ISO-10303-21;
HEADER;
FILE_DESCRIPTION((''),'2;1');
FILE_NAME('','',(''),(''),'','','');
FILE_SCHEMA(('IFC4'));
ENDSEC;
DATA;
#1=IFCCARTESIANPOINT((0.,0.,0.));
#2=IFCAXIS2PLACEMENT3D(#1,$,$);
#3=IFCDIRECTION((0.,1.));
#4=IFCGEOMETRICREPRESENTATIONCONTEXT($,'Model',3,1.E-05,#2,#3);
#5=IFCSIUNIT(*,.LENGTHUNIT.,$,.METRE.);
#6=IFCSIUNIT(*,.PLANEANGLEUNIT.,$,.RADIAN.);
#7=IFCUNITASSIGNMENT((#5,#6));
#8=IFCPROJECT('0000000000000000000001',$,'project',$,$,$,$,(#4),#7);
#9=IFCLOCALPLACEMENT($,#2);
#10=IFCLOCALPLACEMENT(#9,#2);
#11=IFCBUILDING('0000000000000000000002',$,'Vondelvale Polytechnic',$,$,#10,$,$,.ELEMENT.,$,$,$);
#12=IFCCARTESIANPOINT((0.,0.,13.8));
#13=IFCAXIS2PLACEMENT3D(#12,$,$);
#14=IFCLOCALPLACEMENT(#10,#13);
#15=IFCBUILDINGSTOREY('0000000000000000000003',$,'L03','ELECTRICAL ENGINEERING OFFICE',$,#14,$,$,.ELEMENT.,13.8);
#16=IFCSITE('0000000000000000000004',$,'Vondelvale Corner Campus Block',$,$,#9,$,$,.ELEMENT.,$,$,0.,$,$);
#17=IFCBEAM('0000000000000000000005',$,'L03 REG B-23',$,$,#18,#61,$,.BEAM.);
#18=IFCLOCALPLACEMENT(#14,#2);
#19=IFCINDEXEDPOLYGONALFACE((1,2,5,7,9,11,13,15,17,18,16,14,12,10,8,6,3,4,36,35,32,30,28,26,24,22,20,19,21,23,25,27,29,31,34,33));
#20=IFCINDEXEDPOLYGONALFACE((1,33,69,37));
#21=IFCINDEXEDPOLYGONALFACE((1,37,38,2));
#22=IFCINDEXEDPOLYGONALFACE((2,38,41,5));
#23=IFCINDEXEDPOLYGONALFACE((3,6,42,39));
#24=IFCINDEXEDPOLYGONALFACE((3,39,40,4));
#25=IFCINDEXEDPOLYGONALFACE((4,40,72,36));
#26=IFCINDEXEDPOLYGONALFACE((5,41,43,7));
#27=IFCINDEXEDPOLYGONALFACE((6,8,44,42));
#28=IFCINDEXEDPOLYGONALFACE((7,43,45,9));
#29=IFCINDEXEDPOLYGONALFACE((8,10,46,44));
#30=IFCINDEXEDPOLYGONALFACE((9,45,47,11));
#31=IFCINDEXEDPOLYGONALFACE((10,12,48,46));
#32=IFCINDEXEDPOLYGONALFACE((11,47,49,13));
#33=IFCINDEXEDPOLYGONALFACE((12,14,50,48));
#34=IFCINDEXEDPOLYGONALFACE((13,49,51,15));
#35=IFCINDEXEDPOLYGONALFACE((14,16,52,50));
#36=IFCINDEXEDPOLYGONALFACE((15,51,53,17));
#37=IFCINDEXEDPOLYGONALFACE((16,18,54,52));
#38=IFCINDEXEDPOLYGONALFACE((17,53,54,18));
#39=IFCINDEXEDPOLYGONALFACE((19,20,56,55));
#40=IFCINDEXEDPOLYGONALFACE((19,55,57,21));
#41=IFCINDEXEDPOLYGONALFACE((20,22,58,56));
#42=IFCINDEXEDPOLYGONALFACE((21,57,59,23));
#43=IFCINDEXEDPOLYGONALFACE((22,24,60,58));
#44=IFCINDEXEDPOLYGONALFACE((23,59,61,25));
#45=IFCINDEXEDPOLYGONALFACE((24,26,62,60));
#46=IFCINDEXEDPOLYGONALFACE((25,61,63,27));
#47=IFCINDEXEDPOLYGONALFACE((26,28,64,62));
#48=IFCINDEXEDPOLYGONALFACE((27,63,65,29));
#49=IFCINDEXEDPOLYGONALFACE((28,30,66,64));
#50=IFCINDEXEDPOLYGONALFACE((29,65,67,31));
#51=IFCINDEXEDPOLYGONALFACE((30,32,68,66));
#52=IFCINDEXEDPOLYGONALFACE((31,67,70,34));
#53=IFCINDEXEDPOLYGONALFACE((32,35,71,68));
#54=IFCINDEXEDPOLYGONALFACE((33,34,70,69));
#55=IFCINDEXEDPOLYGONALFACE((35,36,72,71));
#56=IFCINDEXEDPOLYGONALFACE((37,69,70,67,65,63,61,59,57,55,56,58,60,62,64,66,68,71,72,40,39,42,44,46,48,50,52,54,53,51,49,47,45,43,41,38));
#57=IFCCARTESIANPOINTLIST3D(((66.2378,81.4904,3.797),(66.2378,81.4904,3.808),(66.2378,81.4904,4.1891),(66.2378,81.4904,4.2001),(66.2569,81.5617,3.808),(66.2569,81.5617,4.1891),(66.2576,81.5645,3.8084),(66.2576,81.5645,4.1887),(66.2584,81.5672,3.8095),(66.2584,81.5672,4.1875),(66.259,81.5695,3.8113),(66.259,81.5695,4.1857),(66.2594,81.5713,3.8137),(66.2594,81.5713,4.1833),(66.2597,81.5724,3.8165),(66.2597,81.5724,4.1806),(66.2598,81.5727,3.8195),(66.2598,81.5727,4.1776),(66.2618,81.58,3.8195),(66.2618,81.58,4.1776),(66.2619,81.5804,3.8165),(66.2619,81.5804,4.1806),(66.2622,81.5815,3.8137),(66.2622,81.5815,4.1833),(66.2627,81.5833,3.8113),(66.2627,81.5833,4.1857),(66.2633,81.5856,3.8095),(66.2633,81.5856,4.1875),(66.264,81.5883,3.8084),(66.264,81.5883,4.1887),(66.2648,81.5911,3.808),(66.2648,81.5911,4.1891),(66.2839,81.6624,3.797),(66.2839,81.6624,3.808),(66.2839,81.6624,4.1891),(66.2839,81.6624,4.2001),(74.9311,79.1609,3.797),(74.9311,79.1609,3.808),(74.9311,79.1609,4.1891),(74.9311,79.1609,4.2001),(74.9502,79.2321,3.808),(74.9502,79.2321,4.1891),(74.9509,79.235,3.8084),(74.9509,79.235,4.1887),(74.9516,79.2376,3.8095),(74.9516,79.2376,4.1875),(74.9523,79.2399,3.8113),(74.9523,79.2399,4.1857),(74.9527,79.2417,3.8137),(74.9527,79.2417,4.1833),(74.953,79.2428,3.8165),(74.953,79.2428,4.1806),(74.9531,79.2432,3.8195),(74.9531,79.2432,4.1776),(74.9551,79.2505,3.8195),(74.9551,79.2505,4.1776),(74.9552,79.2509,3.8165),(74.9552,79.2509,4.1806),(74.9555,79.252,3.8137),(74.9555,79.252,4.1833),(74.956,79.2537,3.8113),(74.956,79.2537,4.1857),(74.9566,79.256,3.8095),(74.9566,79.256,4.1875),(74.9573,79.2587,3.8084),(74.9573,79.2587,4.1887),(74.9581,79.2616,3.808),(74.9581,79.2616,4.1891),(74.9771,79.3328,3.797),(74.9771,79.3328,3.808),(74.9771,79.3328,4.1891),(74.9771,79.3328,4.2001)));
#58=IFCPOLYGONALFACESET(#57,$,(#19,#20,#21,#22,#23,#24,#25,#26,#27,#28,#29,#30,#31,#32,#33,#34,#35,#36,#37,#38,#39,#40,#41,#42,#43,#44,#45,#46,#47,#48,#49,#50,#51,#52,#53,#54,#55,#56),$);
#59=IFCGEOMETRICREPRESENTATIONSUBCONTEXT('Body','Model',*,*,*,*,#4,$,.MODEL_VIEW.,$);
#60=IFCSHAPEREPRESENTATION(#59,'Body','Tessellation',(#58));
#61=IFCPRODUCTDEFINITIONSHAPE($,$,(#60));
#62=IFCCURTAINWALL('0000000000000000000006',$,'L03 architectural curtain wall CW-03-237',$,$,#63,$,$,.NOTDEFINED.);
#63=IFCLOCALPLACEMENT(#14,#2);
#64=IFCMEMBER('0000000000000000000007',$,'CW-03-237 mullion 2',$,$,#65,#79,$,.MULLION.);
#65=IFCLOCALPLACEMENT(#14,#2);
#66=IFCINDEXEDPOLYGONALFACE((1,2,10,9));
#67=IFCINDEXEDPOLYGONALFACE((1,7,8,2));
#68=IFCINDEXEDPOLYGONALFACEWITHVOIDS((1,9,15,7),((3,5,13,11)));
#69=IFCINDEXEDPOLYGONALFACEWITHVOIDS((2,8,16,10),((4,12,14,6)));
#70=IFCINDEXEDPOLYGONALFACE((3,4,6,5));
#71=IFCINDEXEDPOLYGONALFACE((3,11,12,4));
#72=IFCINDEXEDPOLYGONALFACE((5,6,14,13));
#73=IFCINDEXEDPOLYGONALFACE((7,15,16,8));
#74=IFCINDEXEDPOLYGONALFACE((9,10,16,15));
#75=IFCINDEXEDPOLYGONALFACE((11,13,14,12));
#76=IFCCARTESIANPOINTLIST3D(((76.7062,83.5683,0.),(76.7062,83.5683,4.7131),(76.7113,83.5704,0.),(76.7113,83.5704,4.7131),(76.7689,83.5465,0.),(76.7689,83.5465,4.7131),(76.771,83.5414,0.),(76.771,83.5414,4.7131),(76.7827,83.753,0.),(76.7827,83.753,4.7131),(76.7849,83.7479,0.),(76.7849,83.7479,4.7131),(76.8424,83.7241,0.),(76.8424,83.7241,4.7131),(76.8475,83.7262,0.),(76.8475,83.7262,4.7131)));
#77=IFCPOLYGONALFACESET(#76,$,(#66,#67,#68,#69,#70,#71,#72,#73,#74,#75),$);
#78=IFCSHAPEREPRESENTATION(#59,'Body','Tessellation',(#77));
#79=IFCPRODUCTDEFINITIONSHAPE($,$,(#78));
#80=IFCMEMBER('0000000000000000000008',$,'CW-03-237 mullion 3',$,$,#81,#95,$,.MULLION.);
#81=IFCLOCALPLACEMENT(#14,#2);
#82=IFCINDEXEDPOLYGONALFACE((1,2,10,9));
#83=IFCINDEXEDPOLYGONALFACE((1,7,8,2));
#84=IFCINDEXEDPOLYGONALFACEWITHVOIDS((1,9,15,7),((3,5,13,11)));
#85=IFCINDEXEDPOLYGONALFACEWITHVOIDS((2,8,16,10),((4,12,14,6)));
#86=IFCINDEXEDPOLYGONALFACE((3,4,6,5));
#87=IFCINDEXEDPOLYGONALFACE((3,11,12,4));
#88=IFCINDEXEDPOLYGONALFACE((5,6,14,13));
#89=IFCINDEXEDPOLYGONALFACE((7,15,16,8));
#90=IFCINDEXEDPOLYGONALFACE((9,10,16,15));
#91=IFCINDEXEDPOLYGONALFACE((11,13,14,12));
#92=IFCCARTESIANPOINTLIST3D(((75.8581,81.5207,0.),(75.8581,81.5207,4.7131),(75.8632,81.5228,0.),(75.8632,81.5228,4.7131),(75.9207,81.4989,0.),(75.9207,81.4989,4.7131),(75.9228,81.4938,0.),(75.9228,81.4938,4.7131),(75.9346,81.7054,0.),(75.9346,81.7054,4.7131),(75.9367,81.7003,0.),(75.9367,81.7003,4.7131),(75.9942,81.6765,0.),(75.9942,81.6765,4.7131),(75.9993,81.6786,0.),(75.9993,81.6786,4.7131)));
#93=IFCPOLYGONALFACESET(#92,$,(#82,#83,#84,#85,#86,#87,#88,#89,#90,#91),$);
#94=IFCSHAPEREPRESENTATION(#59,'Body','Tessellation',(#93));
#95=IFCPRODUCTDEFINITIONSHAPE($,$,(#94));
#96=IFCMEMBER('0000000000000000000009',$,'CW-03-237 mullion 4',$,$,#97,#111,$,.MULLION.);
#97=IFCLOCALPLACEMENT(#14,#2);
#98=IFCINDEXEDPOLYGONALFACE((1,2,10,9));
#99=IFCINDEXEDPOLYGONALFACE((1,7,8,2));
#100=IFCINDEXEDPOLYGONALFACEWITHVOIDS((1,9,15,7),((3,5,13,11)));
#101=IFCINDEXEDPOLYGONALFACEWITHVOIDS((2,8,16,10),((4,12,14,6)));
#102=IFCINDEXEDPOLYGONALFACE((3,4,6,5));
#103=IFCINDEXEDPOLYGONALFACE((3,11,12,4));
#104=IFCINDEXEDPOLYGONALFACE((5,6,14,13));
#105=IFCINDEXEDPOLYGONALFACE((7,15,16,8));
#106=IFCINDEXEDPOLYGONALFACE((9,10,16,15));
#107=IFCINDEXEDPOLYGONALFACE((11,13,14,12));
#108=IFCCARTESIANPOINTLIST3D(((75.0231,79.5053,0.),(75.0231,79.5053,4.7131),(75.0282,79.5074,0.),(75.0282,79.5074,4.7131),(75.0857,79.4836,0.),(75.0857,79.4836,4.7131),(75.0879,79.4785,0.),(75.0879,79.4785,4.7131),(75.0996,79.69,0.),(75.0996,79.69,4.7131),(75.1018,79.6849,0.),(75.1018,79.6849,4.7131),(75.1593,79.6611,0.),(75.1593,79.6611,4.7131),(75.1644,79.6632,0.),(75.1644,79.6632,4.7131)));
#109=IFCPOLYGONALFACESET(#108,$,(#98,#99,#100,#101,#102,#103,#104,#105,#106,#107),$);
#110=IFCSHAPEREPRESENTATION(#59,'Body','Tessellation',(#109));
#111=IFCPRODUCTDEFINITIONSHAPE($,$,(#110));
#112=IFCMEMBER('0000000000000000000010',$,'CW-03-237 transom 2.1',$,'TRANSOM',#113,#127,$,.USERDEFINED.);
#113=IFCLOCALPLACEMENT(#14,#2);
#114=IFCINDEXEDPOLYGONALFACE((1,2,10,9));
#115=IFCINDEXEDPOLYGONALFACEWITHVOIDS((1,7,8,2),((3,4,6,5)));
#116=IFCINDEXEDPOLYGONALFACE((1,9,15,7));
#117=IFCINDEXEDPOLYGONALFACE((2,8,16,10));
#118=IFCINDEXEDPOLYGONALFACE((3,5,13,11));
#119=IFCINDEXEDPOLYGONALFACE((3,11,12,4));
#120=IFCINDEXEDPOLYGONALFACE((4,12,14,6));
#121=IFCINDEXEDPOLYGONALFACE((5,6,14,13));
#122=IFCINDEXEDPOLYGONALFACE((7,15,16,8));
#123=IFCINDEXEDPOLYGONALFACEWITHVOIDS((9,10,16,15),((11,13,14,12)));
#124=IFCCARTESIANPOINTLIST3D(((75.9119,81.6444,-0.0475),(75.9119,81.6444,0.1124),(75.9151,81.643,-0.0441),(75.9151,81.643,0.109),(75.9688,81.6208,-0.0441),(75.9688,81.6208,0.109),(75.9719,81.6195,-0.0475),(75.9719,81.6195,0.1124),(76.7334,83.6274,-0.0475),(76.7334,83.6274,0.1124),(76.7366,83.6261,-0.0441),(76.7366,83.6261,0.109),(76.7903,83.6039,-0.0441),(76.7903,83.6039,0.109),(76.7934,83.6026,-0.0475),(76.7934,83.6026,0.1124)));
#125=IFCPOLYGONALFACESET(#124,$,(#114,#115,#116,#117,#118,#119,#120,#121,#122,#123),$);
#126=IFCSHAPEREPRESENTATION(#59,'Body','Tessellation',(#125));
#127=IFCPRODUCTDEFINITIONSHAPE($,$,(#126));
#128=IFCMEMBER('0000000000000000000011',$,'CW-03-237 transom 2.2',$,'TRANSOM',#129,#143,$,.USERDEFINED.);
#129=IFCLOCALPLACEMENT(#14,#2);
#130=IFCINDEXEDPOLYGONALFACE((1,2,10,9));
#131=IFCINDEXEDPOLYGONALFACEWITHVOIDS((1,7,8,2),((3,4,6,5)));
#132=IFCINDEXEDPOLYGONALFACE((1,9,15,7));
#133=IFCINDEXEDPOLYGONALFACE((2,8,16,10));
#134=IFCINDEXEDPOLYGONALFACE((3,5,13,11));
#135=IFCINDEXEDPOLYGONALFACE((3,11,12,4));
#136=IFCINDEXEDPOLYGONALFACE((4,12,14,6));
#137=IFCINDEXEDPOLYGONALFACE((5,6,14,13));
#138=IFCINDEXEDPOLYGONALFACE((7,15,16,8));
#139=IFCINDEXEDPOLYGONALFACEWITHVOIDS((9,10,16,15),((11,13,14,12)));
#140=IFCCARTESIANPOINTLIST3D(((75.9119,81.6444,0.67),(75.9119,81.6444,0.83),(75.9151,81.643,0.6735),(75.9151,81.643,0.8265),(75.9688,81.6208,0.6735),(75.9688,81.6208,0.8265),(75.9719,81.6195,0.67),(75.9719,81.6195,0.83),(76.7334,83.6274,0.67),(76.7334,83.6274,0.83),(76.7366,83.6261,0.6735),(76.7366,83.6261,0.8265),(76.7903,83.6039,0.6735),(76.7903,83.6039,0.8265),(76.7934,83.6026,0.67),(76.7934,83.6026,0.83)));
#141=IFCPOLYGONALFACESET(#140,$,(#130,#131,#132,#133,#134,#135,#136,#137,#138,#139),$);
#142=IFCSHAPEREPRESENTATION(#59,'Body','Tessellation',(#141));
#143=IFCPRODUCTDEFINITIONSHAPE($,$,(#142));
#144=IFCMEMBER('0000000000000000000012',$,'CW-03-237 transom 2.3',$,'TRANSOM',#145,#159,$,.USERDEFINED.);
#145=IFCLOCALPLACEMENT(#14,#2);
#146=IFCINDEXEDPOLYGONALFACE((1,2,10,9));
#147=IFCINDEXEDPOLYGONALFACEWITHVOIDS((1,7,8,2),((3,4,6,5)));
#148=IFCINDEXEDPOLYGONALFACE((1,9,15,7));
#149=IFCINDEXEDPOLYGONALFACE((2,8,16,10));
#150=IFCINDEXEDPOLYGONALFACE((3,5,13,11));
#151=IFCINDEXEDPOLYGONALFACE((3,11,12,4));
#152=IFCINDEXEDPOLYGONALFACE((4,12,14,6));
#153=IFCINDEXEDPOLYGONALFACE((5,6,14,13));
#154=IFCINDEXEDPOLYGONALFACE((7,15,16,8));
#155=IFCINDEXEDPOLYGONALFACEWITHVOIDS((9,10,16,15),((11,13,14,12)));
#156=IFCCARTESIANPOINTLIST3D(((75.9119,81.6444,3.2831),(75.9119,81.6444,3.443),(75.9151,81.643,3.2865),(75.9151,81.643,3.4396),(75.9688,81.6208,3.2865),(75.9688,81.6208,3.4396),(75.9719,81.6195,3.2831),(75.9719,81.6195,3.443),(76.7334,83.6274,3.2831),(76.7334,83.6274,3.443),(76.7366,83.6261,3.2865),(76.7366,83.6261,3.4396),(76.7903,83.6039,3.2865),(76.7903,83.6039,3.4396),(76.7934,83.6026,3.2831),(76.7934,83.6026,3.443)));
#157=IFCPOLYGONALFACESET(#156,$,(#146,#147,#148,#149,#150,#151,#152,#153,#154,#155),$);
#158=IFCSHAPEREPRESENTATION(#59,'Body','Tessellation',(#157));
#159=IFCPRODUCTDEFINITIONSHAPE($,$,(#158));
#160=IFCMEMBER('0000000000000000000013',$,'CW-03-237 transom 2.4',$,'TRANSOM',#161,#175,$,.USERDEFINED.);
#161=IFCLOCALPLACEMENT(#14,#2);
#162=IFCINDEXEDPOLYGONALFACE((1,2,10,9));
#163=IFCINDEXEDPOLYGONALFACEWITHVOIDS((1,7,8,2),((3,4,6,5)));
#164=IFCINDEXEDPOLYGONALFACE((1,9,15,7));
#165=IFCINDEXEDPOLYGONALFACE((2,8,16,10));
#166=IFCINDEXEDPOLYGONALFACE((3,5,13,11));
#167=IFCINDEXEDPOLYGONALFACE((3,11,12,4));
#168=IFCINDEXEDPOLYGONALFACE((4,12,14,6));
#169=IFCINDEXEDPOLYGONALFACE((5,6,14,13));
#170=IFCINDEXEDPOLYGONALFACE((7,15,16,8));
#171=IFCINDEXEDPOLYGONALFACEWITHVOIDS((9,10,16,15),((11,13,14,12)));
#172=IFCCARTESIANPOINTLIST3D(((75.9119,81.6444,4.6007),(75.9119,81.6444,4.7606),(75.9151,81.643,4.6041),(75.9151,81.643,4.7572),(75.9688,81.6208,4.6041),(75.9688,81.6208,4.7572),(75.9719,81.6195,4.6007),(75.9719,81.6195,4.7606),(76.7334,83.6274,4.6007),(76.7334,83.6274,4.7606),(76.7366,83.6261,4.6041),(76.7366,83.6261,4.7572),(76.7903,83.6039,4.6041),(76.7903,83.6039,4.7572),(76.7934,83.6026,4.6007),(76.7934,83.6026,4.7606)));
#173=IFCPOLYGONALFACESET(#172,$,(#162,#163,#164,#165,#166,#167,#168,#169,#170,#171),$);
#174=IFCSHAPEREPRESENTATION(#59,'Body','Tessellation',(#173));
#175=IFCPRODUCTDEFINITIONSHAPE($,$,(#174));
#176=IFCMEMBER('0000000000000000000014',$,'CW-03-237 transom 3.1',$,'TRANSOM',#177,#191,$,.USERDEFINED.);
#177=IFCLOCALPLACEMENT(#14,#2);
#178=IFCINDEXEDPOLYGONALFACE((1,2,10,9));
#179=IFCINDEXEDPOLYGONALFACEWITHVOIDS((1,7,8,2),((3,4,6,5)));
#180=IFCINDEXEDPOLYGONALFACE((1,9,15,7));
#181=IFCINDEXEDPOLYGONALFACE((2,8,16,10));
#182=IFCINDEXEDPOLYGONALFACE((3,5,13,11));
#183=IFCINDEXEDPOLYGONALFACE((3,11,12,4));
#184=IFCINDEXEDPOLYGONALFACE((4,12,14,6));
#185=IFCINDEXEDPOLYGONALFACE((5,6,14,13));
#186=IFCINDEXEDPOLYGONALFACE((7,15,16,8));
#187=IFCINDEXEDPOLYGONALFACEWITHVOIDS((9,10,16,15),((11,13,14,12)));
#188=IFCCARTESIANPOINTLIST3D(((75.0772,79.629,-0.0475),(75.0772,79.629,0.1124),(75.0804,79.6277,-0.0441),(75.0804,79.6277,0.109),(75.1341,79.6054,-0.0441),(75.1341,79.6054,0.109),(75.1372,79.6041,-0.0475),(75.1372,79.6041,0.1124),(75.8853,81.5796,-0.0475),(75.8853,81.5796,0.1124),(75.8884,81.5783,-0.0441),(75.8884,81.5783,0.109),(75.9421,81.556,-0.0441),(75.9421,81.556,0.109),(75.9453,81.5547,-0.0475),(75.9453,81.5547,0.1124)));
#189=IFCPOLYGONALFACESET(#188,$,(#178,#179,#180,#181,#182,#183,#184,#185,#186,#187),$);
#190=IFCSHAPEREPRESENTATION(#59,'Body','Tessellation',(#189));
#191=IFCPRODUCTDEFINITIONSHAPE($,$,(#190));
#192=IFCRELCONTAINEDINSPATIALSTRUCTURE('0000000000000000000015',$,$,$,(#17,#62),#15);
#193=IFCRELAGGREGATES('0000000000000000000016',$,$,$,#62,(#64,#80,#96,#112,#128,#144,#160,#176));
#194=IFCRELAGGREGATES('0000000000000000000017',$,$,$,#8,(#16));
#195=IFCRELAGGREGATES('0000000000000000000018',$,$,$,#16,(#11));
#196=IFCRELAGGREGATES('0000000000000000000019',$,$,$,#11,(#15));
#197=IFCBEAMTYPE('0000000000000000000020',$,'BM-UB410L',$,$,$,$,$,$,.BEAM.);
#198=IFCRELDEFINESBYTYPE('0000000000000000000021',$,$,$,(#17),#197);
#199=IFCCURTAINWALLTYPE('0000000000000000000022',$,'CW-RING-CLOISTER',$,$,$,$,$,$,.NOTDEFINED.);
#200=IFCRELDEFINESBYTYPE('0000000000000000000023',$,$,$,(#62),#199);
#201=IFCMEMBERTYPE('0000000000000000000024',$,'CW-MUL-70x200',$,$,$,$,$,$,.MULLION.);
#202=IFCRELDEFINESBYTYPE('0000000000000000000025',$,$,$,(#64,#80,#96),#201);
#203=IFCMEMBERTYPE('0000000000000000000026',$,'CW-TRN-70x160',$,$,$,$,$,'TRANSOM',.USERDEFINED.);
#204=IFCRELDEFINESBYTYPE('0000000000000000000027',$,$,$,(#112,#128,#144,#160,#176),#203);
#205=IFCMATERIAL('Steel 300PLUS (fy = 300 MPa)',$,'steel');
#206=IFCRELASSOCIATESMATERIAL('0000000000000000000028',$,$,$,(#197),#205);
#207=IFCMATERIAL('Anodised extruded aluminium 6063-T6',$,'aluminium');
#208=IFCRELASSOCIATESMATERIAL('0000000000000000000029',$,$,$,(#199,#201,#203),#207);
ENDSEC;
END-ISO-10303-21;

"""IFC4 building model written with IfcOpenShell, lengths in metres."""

from ifc_helpers import new_model, si_unit, direction, frame, origin, origin_2d, place, context, subcontext, project, spatial, hollow_rectangle, i_section, extrude, material, material_profile, profile_set, type_object, element, aggregate, save


model = new_model("IFC4")

# Units and contexts
model_context = context("Model", 3, precision=1e-05, world=origin(), true_north=direction((0.0, 1.0)))
body_context = subcontext(model_context, "Body", "Model", "MODEL_VIEW")
ifc_project = project(units=[si_unit("LENGTHUNIT", "METRE"), si_unit("PLANEANGLEUNIT", "RADIAN")], contexts=[model_context])

# Site, building, storey
site_placement = place(None, origin())
site = spatial("IfcSite", under=ifc_project, at=site_placement, Name="Vondelvale Corner Campus Block", CompositionType="ELEMENT", RefElevation=0.0)
building_placement = place(site_placement, origin())
building = spatial("IfcBuilding", under=site, at=building_placement, Name="Vondelvale Polytechnic", CompositionType="ELEMENT")
storey_placement = place(building_placement, frame((0.0, 0.0, 13.8)))
storey = spatial("IfcBuildingStorey", under=building, at=storey_placement, Name="L03", Description="ELECTRICAL ENGINEERING OFFICE", CompositionType="ELEMENT", Elevation=13.8)

# Beam
ifc_material_1 = material(Name="Steel 300PLUS (fy = 300 MPa)", Category="steel")
ifc_material_profile_1 = material_profile(ifc_material_1, i_section(OverallWidth=0.178, OverallDepth=0.4031, WebThickness=0.0076, FlangeThickness=0.011, FilletRadius=0.0115, at=origin_2d()), Name="410UB53.7")
ifc_profile_set_1 = profile_set([ifc_material_profile_1], Name="Steel 300PLUS (fy = 300 MPa)")
beam_type = type_object("IfcBeamType", Name="BM-UB410L", PredefinedType="BEAM", material=ifc_profile_set_1)
beam_placement = place(storey_placement, frame((74.9541, 79.2468, 3.9985), z_axis=(-0.96592, 0.258841, 0.0), x_axis=(-0.258841, -0.96592, 0.0)))
element("IfcBeam", 1, at=beam_placement, inside=storey, type_object=beam_type, Name="L03 REG B-23", PredefinedType="BEAM", context=body_context, shape_type="SweptSolid", body=[
    extrude(i_section(OverallWidth=0.178, OverallDepth=0.4031, WebThickness=0.0076, FlangeThickness=0.011, FilletRadius=0.0115, at=origin_2d()), origin(), (0.0, 0.0, 1.0), 9.0),
])

# Curtain wall, members
ifc_material_2 = material(Name="Anodised extruded aluminium 6063-T6", Category="aluminium")
curtain_wall_type = type_object("IfcCurtainWallType", Name="CW-RING-CLOISTER", PredefinedType="NOTDEFINED", material=ifc_material_2)
curtain_wall_placement = place(storey_placement, origin())
curtain_wall = element("IfcCurtainWall", 2, at=curtain_wall_placement, inside=storey, type_object=curtain_wall_type, Name="L03 architectural curtain wall CW-03-237", PredefinedType="NOTDEFINED")
ifc_material_profile_2 = material_profile(ifc_material_2, hollow_rectangle(XDim=0.0701, YDim=0.2, WallThickness=0.0039, at=origin_2d()), Name="CW-MUL-200x70")
ifc_profile_set_2 = profile_set([ifc_material_profile_2], Name="Anodised extruded aluminium 6063-T6")
member_type_1 = type_object("IfcMemberType", Name="CW-MUL-70x200", PredefinedType="MULLION", material=ifc_profile_set_2)
member_1_placement = place(storey_placement, frame((76.7769, 83.6472, 0.0), z_axis=(0.0, 0.0, 1.0), x_axis=(0.923882, -0.382679, 0.0)))
member_1 = element("IfcMember", 3, at=member_1_placement, type_object=member_type_1, Name="CW-03-237 mullion 2", PredefinedType="MULLION", context=body_context, shape_type="SweptSolid", body=[
    extrude(hollow_rectangle(XDim=0.0701, YDim=0.2, WallThickness=0.0039, at=origin_2d()), origin(), (0.0, 0.0, 1.0), 4.7131),
])
member_2_placement = place(storey_placement, frame((75.9287, 81.5996, 0.0), z_axis=(0.0, 0.0, 1.0), x_axis=(0.923882, -0.382679, 0.0)))
member_2 = element("IfcMember", 4, at=member_2_placement, type_object=member_type_1, Name="CW-03-237 mullion 3", PredefinedType="MULLION", context=body_context, shape_type="SweptSolid", body=[
    extrude(hollow_rectangle(XDim=0.0701, YDim=0.2, WallThickness=0.0039, at=origin_2d()), origin(), (0.0, 0.0, 1.0), 4.7131),
])
member_3_placement = place(storey_placement, frame((75.0938, 79.5842, 0.0), z_axis=(0.0, 0.0, 1.0), x_axis=(0.923882, -0.382679, 0.0)))
member_3 = element("IfcMember", 5, at=member_3_placement, type_object=member_type_1, Name="CW-03-237 mullion 4", PredefinedType="MULLION", context=body_context, shape_type="SweptSolid", body=[
    extrude(hollow_rectangle(XDim=0.0701, YDim=0.2, WallThickness=0.0039, at=origin_2d()), origin(), (0.0, 0.0, 1.0), 4.7131),
])
ifc_material_profile_3 = material_profile(ifc_material_2, hollow_rectangle(XDim=0.0649, YDim=0.1599, WallThickness=0.0034, at=origin_2d()), Name="CW-TRN-160x65")
ifc_profile_set_3 = profile_set([ifc_material_profile_3], Name="Anodised extruded aluminium 6063-T6")
member_type_2 = type_object("IfcMemberType", Name="CW-TRN-70x160", ElementType="TRANSOM", PredefinedType="USERDEFINED", material=ifc_profile_set_3)
member_4_placement = place(storey_placement, frame((76.7634, 83.615, 0.0325), z_axis=(-0.382717, -0.923866, 0.0), x_axis=(0.923866, -0.382717, 0.0)))
member_4 = element("IfcMember", 6, at=member_4_placement, type_object=member_type_2, Name="CW-03-237 transom 2.1", ObjectType="TRANSOM", PredefinedType="USERDEFINED", context=body_context, shape_type="SweptSolid", body=[
    extrude(hollow_rectangle(XDim=0.0649, YDim=0.1599, WallThickness=0.0034, at=origin_2d()), origin(), (0.0, 0.0, 1.0), 2.1465),
])
member_5_placement = place(storey_placement, frame((76.7634, 83.615, 0.75), z_axis=(-0.382717, -0.923866, 0.0), x_axis=(0.923866, -0.382717, 0.0)))
member_5 = element("IfcMember", 7, at=member_5_placement, type_object=member_type_2, Name="CW-03-237 transom 2.2", ObjectType="TRANSOM", PredefinedType="USERDEFINED", context=body_context, shape_type="SweptSolid", body=[
    extrude(hollow_rectangle(XDim=0.0649, YDim=0.1599, WallThickness=0.0034, at=origin_2d()), origin(), (0.0, 0.0, 1.0), 2.1465),
])
member_6_placement = place(storey_placement, frame((76.7634, 83.615, 3.363), z_axis=(-0.382717, -0.923866, 0.0), x_axis=(0.923866, -0.382717, 0.0)))
member_6 = element("IfcMember", 8, at=member_6_placement, type_object=member_type_2, Name="CW-03-237 transom 2.3", ObjectType="TRANSOM", PredefinedType="USERDEFINED", context=body_context, shape_type="SweptSolid", body=[
    extrude(hollow_rectangle(XDim=0.0649, YDim=0.1599, WallThickness=0.0034, at=origin_2d()), origin(), (0.0, 0.0, 1.0), 2.1465),
])
member_7_placement = place(storey_placement, frame((76.7634, 83.615, 4.6807), z_axis=(-0.382717, -0.923866, 0.0), x_axis=(0.923866, -0.382717, 0.0)))
member_7 = element("IfcMember", 9, at=member_7_placement, type_object=member_type_2, Name="CW-03-237 transom 2.4", ObjectType="TRANSOM", PredefinedType="USERDEFINED", context=body_context, shape_type="SweptSolid", body=[
    extrude(hollow_rectangle(XDim=0.0649, YDim=0.1599, WallThickness=0.0034, at=origin_2d()), origin(), (0.0, 0.0, 1.0), 2.1465),
])
member_8_placement = place(storey_placement, frame((75.9153, 81.5671, 0.0325), z_axis=(-0.382726, -0.923862, 0.0), x_axis=(0.923862, -0.382726, 0.0)))
member_8 = element("IfcMember", 10, at=member_8_placement, type_object=member_type_2, Name="CW-03-237 transom 3.1", ObjectType="TRANSOM", PredefinedType="USERDEFINED", context=body_context, shape_type="SweptSolid", body=[
    extrude(hollow_rectangle(XDim=0.0649, YDim=0.1599, WallThickness=0.0034, at=origin_2d()), origin(), (0.0, 0.0, 1.0), 2.1113),
])
aggregate(curtain_wall, [member_1, member_2, member_3, member_4, member_5, member_6, member_7, member_8])

save(model, "model.ifc")
